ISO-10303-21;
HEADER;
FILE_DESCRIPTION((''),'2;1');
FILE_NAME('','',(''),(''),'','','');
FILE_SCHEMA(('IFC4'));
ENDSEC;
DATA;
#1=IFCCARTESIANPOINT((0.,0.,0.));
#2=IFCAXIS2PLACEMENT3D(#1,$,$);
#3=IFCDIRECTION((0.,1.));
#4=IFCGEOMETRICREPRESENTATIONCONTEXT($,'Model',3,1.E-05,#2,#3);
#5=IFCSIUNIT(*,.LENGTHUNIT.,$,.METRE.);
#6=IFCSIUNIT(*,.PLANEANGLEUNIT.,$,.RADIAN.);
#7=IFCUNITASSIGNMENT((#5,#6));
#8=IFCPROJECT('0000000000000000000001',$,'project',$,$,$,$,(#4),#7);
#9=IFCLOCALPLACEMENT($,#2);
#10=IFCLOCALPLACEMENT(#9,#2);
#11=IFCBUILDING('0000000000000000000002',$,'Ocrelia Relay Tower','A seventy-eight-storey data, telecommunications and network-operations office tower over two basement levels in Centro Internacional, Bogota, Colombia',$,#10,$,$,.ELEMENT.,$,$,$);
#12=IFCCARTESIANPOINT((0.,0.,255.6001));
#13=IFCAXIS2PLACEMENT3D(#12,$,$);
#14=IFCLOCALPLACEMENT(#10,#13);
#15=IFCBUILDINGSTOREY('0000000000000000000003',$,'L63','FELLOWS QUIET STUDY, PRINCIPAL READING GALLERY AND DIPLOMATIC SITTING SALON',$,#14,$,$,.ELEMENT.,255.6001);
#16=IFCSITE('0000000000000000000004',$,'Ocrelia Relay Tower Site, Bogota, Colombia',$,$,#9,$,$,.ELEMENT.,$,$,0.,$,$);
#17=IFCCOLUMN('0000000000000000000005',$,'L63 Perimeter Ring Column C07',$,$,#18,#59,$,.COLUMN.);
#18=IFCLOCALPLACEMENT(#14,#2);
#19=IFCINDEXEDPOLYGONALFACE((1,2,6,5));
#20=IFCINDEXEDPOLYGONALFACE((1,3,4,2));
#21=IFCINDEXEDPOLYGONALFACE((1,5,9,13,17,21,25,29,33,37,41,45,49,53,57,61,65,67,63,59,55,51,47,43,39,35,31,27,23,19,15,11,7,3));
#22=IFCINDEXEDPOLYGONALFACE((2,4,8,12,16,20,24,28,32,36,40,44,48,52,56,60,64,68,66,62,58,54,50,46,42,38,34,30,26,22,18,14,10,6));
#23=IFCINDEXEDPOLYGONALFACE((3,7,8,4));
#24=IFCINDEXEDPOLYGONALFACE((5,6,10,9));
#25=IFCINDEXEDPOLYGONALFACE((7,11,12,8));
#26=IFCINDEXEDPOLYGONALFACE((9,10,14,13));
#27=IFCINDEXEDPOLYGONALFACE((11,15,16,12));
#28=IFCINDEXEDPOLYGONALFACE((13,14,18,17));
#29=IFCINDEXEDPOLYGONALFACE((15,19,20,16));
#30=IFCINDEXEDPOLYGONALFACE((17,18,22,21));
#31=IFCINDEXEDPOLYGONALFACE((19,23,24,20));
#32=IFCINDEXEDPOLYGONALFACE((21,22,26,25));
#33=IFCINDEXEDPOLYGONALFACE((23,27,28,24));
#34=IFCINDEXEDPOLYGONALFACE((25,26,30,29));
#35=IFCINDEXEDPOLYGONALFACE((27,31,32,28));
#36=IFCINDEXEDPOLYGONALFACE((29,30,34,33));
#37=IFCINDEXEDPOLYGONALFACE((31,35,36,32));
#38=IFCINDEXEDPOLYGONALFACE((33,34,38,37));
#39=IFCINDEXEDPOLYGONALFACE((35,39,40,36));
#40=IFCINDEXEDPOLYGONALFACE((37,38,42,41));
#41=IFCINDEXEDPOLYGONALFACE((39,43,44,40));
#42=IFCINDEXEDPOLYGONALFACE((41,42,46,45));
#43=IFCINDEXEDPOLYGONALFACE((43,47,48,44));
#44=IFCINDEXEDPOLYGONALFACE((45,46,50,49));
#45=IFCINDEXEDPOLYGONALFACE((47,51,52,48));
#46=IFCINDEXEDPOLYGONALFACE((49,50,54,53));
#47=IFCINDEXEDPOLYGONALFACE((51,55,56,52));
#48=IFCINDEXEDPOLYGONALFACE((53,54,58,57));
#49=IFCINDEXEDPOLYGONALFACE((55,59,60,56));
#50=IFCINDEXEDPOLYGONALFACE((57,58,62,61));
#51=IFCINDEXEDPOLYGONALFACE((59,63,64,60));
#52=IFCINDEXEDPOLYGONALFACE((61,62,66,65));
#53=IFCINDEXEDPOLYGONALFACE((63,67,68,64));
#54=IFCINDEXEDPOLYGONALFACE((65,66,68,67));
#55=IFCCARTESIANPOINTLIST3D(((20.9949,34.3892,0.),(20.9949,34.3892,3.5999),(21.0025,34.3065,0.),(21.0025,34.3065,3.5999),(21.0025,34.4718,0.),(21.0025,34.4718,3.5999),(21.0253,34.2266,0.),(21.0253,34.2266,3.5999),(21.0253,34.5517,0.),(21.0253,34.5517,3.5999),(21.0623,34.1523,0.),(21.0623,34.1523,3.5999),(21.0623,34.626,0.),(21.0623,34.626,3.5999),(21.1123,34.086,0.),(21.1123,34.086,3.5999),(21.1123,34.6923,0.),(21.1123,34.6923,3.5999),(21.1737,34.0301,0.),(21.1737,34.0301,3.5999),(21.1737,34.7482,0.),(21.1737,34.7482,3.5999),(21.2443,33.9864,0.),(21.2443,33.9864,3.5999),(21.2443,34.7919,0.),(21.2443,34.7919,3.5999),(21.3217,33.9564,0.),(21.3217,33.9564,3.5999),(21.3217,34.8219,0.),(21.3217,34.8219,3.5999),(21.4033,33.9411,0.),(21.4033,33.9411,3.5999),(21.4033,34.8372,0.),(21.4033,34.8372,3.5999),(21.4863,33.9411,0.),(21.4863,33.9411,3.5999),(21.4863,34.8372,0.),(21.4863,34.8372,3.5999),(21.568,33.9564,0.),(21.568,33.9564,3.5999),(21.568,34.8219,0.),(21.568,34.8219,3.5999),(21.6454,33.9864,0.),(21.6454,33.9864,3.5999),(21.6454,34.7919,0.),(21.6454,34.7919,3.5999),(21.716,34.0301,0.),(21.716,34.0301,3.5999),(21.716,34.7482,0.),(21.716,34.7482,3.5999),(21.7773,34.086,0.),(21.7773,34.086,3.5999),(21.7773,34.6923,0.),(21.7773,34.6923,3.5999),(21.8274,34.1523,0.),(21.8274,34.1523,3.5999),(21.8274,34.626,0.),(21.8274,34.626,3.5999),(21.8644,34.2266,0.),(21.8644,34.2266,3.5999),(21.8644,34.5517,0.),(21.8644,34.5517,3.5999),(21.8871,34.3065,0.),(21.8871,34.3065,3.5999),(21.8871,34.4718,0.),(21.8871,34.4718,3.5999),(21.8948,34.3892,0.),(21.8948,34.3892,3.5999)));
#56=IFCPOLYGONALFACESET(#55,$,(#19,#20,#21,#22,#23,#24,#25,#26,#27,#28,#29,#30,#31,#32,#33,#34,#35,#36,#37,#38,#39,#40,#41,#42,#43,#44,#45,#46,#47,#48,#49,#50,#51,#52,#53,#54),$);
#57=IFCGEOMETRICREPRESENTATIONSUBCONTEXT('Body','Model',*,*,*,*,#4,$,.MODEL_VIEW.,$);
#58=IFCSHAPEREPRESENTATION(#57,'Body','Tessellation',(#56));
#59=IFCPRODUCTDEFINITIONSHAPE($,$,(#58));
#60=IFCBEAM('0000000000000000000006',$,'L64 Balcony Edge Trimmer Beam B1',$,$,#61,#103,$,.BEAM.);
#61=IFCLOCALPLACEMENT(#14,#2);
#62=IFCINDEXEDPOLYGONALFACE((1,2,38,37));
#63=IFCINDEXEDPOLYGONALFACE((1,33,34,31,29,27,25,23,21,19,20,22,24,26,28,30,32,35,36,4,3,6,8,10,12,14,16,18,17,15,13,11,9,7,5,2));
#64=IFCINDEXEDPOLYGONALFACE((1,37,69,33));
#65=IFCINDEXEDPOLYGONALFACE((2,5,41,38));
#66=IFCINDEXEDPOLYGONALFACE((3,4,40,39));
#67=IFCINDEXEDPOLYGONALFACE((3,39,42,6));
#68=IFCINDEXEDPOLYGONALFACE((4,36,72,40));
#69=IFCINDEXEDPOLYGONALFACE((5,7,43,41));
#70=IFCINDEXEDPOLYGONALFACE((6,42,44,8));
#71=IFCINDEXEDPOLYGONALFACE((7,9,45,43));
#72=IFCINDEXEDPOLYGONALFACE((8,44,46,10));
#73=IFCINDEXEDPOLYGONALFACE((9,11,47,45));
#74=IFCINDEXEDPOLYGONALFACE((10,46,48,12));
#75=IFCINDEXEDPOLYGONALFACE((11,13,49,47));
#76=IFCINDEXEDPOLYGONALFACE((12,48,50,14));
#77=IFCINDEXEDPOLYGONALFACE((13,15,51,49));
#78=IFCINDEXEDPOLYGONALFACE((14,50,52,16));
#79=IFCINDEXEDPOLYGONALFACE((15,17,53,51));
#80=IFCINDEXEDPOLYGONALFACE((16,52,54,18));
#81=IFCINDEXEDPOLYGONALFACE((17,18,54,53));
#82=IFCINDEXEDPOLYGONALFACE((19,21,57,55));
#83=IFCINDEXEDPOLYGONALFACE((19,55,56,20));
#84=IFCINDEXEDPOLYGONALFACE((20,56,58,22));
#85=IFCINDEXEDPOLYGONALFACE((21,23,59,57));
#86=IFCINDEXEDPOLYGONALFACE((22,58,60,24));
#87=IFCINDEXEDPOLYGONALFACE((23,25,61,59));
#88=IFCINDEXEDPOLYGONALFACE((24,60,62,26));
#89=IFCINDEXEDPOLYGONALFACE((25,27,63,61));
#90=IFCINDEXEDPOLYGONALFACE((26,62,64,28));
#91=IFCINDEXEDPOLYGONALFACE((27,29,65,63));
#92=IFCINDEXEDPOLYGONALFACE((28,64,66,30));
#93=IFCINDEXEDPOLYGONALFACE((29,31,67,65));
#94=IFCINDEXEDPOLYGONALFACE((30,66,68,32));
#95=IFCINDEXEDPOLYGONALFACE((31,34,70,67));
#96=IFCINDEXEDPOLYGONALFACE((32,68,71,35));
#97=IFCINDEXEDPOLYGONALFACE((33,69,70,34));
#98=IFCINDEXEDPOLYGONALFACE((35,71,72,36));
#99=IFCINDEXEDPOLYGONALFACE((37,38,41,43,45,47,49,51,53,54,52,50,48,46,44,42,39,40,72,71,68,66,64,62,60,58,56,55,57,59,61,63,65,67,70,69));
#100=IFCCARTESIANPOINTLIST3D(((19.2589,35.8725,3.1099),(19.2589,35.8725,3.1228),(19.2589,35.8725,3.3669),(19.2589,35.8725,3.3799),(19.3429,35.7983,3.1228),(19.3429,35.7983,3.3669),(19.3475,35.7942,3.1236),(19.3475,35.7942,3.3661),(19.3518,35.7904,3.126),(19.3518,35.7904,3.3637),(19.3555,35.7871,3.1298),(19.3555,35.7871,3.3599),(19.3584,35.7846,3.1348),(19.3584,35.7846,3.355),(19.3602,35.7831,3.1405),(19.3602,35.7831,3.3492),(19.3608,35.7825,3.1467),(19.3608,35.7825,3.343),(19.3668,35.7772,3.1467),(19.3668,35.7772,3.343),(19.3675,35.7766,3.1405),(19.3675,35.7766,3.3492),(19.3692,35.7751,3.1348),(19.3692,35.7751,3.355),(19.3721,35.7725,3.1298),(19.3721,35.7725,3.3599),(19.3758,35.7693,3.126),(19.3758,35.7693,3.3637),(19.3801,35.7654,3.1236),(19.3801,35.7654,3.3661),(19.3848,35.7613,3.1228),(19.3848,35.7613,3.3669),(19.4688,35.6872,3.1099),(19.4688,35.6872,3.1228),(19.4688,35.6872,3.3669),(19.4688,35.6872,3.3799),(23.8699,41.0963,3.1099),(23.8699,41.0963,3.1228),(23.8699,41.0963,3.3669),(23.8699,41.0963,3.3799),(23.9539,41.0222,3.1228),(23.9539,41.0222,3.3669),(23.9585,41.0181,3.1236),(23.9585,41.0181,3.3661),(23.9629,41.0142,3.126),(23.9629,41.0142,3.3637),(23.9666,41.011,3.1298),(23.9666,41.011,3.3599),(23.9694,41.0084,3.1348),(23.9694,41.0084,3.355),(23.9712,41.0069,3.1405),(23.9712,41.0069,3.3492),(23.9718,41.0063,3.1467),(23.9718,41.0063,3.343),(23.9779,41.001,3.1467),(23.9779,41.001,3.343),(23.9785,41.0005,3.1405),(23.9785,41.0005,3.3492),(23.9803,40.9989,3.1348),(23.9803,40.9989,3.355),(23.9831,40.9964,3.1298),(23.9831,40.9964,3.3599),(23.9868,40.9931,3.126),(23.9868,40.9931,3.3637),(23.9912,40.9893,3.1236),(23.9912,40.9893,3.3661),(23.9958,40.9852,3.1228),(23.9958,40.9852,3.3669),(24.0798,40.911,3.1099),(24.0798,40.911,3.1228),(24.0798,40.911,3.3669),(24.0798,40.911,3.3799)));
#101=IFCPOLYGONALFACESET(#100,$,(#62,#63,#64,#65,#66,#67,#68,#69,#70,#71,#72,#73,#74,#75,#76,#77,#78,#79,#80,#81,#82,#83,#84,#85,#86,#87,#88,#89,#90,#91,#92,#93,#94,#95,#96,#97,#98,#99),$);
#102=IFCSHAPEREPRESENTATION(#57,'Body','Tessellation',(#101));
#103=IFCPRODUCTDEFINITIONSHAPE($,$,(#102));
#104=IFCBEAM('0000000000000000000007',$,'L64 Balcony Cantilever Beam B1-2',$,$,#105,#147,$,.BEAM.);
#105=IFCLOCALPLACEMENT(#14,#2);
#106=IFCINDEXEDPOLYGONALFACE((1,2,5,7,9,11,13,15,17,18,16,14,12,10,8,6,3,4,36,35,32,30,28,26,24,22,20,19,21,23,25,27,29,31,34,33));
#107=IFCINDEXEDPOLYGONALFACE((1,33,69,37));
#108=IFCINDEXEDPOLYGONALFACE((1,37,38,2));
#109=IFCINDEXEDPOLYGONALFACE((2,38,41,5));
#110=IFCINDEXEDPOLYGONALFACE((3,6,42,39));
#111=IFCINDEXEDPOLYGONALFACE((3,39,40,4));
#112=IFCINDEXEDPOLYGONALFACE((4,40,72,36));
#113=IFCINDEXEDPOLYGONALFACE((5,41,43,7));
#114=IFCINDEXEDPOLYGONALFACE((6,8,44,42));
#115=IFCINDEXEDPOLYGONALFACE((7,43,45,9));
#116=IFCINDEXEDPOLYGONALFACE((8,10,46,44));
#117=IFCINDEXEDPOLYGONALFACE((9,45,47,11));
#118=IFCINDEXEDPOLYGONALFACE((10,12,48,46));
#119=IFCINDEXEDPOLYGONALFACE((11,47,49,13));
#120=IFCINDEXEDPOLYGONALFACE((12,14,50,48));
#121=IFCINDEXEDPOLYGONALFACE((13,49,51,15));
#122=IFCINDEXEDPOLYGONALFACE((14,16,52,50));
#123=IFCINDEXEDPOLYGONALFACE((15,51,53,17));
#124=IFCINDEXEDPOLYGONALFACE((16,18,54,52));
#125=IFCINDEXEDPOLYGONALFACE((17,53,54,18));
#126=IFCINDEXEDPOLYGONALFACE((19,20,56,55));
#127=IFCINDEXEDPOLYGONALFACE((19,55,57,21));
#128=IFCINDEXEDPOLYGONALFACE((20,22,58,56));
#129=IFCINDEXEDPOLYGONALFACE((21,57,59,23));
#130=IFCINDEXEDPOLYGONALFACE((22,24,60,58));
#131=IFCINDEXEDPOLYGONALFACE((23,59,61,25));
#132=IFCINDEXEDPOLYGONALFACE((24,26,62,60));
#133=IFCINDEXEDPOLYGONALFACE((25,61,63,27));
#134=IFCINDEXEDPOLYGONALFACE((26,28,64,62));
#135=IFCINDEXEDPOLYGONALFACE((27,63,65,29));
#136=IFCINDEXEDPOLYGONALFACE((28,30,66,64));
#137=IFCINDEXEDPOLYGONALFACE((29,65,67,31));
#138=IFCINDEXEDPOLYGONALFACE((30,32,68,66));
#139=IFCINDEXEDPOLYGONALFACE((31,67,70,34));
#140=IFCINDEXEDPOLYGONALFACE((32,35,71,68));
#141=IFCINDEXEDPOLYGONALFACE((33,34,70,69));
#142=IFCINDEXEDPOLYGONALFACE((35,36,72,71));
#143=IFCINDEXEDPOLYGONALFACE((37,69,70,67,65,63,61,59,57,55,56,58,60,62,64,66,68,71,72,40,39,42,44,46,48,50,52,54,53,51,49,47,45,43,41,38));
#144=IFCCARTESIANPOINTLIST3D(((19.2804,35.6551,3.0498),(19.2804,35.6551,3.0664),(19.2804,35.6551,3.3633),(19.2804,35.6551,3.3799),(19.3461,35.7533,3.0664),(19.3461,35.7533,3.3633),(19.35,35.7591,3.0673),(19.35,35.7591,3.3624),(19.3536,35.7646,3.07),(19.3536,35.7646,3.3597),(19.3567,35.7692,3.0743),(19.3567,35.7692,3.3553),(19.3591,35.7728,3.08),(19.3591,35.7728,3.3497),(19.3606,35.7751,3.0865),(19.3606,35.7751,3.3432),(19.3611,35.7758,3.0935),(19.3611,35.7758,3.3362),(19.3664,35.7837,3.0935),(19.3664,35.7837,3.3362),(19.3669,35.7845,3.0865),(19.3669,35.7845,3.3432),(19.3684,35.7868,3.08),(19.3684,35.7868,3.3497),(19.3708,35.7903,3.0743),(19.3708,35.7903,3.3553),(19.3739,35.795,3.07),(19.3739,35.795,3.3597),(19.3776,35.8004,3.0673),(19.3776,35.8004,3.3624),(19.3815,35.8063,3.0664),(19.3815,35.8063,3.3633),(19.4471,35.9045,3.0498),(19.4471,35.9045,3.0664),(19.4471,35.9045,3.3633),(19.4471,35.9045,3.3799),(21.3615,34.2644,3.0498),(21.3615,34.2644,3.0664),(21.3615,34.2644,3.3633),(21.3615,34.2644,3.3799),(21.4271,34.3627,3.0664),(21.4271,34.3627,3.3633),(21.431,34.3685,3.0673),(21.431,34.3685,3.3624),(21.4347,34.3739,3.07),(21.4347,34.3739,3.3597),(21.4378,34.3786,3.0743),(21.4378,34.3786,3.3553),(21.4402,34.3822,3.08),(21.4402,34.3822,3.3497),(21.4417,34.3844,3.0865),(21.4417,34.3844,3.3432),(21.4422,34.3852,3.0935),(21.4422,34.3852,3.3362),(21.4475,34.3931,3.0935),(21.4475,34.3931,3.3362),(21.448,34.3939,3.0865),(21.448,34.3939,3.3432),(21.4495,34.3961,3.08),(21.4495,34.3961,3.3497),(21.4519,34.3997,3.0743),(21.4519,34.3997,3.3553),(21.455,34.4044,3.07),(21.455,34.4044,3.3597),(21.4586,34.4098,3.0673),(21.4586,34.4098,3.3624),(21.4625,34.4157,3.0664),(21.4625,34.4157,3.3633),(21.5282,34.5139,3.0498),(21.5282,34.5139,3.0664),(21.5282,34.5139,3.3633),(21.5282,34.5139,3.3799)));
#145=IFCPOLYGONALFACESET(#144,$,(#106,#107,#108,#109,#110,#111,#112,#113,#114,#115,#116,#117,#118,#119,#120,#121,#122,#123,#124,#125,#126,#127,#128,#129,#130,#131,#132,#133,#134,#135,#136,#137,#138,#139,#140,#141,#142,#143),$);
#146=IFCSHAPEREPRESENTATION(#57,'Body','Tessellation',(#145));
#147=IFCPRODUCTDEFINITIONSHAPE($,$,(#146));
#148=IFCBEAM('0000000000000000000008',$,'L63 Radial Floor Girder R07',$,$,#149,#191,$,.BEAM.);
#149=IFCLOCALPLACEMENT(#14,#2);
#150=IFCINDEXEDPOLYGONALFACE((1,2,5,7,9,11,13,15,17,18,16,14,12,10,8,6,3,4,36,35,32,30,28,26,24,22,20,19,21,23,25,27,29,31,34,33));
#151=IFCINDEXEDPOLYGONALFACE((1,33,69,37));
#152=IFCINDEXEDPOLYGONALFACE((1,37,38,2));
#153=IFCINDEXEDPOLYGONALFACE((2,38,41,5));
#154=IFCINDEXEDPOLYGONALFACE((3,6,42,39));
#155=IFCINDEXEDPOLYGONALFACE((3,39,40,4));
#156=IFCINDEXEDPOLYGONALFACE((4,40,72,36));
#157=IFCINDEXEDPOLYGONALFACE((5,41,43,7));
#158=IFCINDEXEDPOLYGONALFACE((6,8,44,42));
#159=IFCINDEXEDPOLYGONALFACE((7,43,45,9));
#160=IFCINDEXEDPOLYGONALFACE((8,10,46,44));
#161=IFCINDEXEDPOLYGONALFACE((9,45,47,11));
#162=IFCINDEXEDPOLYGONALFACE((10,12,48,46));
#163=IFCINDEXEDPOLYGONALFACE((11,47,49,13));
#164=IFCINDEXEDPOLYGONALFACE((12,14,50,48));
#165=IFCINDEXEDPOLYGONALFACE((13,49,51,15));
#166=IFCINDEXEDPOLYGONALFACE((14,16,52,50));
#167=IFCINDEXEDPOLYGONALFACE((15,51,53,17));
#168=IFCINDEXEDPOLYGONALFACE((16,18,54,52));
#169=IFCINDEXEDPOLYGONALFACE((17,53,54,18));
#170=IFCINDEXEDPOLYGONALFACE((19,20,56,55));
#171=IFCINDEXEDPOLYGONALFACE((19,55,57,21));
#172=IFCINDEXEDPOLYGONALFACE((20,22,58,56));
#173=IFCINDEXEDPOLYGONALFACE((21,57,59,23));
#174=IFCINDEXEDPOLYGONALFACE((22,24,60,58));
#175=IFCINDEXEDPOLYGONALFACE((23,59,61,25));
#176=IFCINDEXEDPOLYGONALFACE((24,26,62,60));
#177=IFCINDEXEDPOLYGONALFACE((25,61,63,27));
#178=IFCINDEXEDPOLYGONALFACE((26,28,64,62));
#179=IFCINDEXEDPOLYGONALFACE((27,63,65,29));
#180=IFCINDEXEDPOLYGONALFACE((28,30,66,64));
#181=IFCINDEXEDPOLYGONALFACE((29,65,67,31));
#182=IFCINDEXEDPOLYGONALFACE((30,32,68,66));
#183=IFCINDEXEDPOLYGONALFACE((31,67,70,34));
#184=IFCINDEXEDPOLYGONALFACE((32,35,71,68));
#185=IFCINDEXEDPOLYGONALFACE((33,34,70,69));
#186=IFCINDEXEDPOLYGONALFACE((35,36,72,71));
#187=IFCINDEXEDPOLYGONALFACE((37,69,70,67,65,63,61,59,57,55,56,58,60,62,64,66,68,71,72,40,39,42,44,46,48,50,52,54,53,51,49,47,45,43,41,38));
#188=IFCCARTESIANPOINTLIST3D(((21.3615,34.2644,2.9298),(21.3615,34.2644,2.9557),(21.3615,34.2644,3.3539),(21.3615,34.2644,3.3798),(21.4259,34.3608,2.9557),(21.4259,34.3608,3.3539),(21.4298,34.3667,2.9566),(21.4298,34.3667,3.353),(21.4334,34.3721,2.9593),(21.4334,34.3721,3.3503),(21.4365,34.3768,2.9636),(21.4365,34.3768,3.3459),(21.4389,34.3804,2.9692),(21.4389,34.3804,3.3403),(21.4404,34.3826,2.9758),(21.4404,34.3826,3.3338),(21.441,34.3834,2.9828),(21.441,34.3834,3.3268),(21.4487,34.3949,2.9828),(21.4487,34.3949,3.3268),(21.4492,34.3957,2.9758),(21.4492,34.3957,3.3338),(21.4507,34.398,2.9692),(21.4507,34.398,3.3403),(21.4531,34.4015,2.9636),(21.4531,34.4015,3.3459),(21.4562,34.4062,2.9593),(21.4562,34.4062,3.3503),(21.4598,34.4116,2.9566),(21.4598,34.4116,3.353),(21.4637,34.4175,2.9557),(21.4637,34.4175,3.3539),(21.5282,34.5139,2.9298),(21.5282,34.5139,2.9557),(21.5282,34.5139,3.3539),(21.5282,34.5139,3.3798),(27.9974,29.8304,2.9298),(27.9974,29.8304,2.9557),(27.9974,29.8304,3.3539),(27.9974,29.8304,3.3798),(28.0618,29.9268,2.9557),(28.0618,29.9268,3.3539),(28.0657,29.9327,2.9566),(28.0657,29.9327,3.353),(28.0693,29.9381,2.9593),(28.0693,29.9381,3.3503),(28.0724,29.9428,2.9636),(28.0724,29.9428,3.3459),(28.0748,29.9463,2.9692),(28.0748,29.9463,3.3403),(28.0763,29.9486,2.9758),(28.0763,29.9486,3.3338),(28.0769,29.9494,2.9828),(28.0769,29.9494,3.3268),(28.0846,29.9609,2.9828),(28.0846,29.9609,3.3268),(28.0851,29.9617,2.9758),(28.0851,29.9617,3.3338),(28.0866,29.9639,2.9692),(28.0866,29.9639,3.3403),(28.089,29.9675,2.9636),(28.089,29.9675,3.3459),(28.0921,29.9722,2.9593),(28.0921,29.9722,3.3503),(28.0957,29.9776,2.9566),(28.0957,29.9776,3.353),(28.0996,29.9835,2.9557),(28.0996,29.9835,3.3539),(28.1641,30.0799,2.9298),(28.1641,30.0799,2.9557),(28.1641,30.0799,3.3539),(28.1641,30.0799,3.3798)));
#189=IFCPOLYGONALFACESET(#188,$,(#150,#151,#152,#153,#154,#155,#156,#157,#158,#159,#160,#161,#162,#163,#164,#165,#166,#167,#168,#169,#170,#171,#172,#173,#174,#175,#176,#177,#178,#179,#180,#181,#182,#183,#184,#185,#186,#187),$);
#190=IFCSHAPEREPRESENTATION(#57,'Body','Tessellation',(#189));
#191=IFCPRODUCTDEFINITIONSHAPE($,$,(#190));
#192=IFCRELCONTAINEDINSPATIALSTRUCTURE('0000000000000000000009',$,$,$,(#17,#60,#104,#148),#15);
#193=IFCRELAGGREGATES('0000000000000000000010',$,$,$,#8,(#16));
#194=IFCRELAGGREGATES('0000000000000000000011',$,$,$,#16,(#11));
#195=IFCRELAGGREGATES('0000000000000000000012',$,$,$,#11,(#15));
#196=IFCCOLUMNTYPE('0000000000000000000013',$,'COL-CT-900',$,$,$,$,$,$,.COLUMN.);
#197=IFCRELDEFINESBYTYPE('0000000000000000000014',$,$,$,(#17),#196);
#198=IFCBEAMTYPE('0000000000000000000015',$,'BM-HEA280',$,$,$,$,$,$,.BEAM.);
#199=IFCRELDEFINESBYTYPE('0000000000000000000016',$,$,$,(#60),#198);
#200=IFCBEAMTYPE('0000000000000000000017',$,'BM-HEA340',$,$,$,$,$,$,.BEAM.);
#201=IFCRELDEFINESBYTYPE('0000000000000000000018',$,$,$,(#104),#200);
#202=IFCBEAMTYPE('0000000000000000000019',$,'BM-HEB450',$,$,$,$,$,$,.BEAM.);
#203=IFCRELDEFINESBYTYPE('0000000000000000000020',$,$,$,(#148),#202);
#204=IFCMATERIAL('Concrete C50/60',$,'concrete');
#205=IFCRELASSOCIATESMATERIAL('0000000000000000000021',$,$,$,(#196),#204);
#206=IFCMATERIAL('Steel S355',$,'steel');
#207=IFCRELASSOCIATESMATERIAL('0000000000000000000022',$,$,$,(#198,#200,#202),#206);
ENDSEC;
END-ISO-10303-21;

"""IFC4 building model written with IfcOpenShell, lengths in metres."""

from ifc_helpers import new_model, si_unit, direction, frame, origin, origin_2d, place, context, subcontext, project, spatial, circle, i_section, extrude, material, material_profile, profile_set, type_object, element, save


model = new_model("IFC4")

# Units and contexts
model_context = context("Model", 3, precision=1e-05, world=origin(), true_north=direction((0.0, 1.0)))
body_context = subcontext(model_context, "Body", "Model", "MODEL_VIEW")
ifc_project = project(units=[si_unit("LENGTHUNIT", "METRE"), si_unit("PLANEANGLEUNIT", "RADIAN")], contexts=[model_context])

# Site, building, storey
site_placement = place(None, origin())
site = spatial("IfcSite", under=ifc_project, at=site_placement, Name="Ocrelia Relay Tower Site, Bogota, Colombia", CompositionType="ELEMENT", RefElevation=0.0)
building_placement = place(site_placement, origin())
building = spatial("IfcBuilding", under=site, at=building_placement, Name="Ocrelia Relay Tower", Description="A seventy-eight-storey data, telecommunications and network-operations office tower over two basement levels in Centro Internacional, Bogota, Colombia", CompositionType="ELEMENT")
storey_placement = place(building_placement, frame((0.0, 0.0, 255.6001)))
storey = spatial("IfcBuildingStorey", under=building, at=storey_placement, Name="L63", Description="FELLOWS QUIET STUDY, PRINCIPAL READING GALLERY AND DIPLOMATIC SITTING SALON", CompositionType="ELEMENT", Elevation=255.6001)

# Column
ifc_material_1 = material(Name="Concrete C50/60", Category="concrete")
ifc_material_profile_1 = material_profile(ifc_material_1, circle(Radius=0.45, at=origin_2d()), Name="RC-CIR-900")
ifc_profile_set_1 = profile_set([ifc_material_profile_1], Name="Concrete C50/60")
column_type = type_object("IfcColumnType", Name="COL-CT-900", PredefinedType="COLUMN", material=ifc_profile_set_1)
column_placement = place(storey_placement, frame((21.4448, 34.3892, 0.0), z_axis=(0.0, 0.0, 1.0), x_axis=(1.0, 0.0, 0.0)))
element("IfcColumn", 1, at=column_placement, inside=storey, type_object=column_type, Name="L63 Perimeter Ring Column C07", PredefinedType="COLUMN", context=body_context, shape_type="SweptSolid", body=[
    extrude(circle(Radius=0.45, at=origin_2d()), origin(), (0.0, 0.0, 1.0), 3.5999),
])

# Beams
ifc_material_2 = material(Name="Steel S355", Category="steel")
ifc_material_profile_2 = material_profile(ifc_material_2, i_section(OverallWidth=0.28, OverallDepth=0.27, WebThickness=0.0081, FlangeThickness=0.0129, FilletRadius=0.0239, at=origin_2d()), Name="HEA 280")
ifc_profile_set_2 = profile_set([ifc_material_profile_2], Name="Steel S355")
beam_type_1 = type_object("IfcBeamType", Name="BM-HEA280", PredefinedType="BEAM", material=ifc_profile_set_2)
beam_1_placement = place(storey_placement, frame((23.9749, 41.0037, 3.2449), z_axis=(-0.661765, -0.749711, 0.0), x_axis=(0.749711, -0.661765, 0.0)))
element("IfcBeam", 2, at=beam_1_placement, inside=storey, type_object=beam_type_1, Name="L64 Balcony Edge Trimmer Beam B1", PredefinedType="BEAM", context=body_context, shape_type="SweptSolid", body=[
    extrude(i_section(OverallWidth=0.28, OverallDepth=0.27, WebThickness=0.0081, FlangeThickness=0.0129, FilletRadius=0.0239, at=origin_2d()), origin(), (0.0, 0.0, 1.0), 6.9678),
])
ifc_material_profile_3 = material_profile(ifc_material_2, i_section(OverallWidth=0.3, OverallDepth=0.3301, WebThickness=0.0095, FlangeThickness=0.0166, FilletRadius=0.0271, at=origin_2d()), Name="HEA 340")
ifc_profile_set_3 = profile_set([ifc_material_profile_3], Name="Steel S355")
beam_type_2 = type_object("IfcBeamType", Name="BM-HEA340", PredefinedType="BEAM", material=ifc_profile_set_3)
beam_2_placement = place(storey_placement, frame((21.4448, 34.3892, 3.2148), z_axis=(-0.83145, 0.5556, 0.0), x_axis=(-0.5556, -0.83145, 0.0)))
element("IfcBeam", 3, at=beam_2_placement, inside=storey, type_object=beam_type_2, Name="L64 Balcony Cantilever Beam B1-2", PredefinedType="BEAM", context=body_context, shape_type="SweptSolid", body=[
    extrude(i_section(OverallWidth=0.3, OverallDepth=0.3301, WebThickness=0.0095, FlangeThickness=0.0166, FilletRadius=0.0271, at=origin_2d()), origin(), (0.0, 0.0, 1.0), 2.5029),
])
ifc_material_profile_4 = material_profile(ifc_material_2, i_section(OverallWidth=0.3, OverallDepth=0.45, WebThickness=0.0139, FlangeThickness=0.0259, FilletRadius=0.0271, at=origin_2d()), Name="HEB 450")
ifc_profile_set_4 = profile_set([ifc_material_profile_4], Name="Steel S355")
beam_type_3 = type_object("IfcBeamType", Name="BM-HEB450", PredefinedType="BEAM", material=ifc_profile_set_4)
beam_3_placement = place(storey_placement, frame((21.4448, 34.3892, 3.1548), z_axis=(0.831466, -0.555575, 0.0), x_axis=(0.555575, 0.831466, 0.0)))
element("IfcBeam", 4, at=beam_3_placement, inside=storey, type_object=beam_type_3, Name="L63 Radial Floor Girder R07", PredefinedType="BEAM", context=body_context, shape_type="SweptSolid", body=[
    extrude(i_section(OverallWidth=0.3, OverallDepth=0.45, WebThickness=0.0139, FlangeThickness=0.0259, FilletRadius=0.0271, at=origin_2d()), origin(), (0.0, 0.0, 1.0), 7.981),
])

save(model, "model.ifc")
